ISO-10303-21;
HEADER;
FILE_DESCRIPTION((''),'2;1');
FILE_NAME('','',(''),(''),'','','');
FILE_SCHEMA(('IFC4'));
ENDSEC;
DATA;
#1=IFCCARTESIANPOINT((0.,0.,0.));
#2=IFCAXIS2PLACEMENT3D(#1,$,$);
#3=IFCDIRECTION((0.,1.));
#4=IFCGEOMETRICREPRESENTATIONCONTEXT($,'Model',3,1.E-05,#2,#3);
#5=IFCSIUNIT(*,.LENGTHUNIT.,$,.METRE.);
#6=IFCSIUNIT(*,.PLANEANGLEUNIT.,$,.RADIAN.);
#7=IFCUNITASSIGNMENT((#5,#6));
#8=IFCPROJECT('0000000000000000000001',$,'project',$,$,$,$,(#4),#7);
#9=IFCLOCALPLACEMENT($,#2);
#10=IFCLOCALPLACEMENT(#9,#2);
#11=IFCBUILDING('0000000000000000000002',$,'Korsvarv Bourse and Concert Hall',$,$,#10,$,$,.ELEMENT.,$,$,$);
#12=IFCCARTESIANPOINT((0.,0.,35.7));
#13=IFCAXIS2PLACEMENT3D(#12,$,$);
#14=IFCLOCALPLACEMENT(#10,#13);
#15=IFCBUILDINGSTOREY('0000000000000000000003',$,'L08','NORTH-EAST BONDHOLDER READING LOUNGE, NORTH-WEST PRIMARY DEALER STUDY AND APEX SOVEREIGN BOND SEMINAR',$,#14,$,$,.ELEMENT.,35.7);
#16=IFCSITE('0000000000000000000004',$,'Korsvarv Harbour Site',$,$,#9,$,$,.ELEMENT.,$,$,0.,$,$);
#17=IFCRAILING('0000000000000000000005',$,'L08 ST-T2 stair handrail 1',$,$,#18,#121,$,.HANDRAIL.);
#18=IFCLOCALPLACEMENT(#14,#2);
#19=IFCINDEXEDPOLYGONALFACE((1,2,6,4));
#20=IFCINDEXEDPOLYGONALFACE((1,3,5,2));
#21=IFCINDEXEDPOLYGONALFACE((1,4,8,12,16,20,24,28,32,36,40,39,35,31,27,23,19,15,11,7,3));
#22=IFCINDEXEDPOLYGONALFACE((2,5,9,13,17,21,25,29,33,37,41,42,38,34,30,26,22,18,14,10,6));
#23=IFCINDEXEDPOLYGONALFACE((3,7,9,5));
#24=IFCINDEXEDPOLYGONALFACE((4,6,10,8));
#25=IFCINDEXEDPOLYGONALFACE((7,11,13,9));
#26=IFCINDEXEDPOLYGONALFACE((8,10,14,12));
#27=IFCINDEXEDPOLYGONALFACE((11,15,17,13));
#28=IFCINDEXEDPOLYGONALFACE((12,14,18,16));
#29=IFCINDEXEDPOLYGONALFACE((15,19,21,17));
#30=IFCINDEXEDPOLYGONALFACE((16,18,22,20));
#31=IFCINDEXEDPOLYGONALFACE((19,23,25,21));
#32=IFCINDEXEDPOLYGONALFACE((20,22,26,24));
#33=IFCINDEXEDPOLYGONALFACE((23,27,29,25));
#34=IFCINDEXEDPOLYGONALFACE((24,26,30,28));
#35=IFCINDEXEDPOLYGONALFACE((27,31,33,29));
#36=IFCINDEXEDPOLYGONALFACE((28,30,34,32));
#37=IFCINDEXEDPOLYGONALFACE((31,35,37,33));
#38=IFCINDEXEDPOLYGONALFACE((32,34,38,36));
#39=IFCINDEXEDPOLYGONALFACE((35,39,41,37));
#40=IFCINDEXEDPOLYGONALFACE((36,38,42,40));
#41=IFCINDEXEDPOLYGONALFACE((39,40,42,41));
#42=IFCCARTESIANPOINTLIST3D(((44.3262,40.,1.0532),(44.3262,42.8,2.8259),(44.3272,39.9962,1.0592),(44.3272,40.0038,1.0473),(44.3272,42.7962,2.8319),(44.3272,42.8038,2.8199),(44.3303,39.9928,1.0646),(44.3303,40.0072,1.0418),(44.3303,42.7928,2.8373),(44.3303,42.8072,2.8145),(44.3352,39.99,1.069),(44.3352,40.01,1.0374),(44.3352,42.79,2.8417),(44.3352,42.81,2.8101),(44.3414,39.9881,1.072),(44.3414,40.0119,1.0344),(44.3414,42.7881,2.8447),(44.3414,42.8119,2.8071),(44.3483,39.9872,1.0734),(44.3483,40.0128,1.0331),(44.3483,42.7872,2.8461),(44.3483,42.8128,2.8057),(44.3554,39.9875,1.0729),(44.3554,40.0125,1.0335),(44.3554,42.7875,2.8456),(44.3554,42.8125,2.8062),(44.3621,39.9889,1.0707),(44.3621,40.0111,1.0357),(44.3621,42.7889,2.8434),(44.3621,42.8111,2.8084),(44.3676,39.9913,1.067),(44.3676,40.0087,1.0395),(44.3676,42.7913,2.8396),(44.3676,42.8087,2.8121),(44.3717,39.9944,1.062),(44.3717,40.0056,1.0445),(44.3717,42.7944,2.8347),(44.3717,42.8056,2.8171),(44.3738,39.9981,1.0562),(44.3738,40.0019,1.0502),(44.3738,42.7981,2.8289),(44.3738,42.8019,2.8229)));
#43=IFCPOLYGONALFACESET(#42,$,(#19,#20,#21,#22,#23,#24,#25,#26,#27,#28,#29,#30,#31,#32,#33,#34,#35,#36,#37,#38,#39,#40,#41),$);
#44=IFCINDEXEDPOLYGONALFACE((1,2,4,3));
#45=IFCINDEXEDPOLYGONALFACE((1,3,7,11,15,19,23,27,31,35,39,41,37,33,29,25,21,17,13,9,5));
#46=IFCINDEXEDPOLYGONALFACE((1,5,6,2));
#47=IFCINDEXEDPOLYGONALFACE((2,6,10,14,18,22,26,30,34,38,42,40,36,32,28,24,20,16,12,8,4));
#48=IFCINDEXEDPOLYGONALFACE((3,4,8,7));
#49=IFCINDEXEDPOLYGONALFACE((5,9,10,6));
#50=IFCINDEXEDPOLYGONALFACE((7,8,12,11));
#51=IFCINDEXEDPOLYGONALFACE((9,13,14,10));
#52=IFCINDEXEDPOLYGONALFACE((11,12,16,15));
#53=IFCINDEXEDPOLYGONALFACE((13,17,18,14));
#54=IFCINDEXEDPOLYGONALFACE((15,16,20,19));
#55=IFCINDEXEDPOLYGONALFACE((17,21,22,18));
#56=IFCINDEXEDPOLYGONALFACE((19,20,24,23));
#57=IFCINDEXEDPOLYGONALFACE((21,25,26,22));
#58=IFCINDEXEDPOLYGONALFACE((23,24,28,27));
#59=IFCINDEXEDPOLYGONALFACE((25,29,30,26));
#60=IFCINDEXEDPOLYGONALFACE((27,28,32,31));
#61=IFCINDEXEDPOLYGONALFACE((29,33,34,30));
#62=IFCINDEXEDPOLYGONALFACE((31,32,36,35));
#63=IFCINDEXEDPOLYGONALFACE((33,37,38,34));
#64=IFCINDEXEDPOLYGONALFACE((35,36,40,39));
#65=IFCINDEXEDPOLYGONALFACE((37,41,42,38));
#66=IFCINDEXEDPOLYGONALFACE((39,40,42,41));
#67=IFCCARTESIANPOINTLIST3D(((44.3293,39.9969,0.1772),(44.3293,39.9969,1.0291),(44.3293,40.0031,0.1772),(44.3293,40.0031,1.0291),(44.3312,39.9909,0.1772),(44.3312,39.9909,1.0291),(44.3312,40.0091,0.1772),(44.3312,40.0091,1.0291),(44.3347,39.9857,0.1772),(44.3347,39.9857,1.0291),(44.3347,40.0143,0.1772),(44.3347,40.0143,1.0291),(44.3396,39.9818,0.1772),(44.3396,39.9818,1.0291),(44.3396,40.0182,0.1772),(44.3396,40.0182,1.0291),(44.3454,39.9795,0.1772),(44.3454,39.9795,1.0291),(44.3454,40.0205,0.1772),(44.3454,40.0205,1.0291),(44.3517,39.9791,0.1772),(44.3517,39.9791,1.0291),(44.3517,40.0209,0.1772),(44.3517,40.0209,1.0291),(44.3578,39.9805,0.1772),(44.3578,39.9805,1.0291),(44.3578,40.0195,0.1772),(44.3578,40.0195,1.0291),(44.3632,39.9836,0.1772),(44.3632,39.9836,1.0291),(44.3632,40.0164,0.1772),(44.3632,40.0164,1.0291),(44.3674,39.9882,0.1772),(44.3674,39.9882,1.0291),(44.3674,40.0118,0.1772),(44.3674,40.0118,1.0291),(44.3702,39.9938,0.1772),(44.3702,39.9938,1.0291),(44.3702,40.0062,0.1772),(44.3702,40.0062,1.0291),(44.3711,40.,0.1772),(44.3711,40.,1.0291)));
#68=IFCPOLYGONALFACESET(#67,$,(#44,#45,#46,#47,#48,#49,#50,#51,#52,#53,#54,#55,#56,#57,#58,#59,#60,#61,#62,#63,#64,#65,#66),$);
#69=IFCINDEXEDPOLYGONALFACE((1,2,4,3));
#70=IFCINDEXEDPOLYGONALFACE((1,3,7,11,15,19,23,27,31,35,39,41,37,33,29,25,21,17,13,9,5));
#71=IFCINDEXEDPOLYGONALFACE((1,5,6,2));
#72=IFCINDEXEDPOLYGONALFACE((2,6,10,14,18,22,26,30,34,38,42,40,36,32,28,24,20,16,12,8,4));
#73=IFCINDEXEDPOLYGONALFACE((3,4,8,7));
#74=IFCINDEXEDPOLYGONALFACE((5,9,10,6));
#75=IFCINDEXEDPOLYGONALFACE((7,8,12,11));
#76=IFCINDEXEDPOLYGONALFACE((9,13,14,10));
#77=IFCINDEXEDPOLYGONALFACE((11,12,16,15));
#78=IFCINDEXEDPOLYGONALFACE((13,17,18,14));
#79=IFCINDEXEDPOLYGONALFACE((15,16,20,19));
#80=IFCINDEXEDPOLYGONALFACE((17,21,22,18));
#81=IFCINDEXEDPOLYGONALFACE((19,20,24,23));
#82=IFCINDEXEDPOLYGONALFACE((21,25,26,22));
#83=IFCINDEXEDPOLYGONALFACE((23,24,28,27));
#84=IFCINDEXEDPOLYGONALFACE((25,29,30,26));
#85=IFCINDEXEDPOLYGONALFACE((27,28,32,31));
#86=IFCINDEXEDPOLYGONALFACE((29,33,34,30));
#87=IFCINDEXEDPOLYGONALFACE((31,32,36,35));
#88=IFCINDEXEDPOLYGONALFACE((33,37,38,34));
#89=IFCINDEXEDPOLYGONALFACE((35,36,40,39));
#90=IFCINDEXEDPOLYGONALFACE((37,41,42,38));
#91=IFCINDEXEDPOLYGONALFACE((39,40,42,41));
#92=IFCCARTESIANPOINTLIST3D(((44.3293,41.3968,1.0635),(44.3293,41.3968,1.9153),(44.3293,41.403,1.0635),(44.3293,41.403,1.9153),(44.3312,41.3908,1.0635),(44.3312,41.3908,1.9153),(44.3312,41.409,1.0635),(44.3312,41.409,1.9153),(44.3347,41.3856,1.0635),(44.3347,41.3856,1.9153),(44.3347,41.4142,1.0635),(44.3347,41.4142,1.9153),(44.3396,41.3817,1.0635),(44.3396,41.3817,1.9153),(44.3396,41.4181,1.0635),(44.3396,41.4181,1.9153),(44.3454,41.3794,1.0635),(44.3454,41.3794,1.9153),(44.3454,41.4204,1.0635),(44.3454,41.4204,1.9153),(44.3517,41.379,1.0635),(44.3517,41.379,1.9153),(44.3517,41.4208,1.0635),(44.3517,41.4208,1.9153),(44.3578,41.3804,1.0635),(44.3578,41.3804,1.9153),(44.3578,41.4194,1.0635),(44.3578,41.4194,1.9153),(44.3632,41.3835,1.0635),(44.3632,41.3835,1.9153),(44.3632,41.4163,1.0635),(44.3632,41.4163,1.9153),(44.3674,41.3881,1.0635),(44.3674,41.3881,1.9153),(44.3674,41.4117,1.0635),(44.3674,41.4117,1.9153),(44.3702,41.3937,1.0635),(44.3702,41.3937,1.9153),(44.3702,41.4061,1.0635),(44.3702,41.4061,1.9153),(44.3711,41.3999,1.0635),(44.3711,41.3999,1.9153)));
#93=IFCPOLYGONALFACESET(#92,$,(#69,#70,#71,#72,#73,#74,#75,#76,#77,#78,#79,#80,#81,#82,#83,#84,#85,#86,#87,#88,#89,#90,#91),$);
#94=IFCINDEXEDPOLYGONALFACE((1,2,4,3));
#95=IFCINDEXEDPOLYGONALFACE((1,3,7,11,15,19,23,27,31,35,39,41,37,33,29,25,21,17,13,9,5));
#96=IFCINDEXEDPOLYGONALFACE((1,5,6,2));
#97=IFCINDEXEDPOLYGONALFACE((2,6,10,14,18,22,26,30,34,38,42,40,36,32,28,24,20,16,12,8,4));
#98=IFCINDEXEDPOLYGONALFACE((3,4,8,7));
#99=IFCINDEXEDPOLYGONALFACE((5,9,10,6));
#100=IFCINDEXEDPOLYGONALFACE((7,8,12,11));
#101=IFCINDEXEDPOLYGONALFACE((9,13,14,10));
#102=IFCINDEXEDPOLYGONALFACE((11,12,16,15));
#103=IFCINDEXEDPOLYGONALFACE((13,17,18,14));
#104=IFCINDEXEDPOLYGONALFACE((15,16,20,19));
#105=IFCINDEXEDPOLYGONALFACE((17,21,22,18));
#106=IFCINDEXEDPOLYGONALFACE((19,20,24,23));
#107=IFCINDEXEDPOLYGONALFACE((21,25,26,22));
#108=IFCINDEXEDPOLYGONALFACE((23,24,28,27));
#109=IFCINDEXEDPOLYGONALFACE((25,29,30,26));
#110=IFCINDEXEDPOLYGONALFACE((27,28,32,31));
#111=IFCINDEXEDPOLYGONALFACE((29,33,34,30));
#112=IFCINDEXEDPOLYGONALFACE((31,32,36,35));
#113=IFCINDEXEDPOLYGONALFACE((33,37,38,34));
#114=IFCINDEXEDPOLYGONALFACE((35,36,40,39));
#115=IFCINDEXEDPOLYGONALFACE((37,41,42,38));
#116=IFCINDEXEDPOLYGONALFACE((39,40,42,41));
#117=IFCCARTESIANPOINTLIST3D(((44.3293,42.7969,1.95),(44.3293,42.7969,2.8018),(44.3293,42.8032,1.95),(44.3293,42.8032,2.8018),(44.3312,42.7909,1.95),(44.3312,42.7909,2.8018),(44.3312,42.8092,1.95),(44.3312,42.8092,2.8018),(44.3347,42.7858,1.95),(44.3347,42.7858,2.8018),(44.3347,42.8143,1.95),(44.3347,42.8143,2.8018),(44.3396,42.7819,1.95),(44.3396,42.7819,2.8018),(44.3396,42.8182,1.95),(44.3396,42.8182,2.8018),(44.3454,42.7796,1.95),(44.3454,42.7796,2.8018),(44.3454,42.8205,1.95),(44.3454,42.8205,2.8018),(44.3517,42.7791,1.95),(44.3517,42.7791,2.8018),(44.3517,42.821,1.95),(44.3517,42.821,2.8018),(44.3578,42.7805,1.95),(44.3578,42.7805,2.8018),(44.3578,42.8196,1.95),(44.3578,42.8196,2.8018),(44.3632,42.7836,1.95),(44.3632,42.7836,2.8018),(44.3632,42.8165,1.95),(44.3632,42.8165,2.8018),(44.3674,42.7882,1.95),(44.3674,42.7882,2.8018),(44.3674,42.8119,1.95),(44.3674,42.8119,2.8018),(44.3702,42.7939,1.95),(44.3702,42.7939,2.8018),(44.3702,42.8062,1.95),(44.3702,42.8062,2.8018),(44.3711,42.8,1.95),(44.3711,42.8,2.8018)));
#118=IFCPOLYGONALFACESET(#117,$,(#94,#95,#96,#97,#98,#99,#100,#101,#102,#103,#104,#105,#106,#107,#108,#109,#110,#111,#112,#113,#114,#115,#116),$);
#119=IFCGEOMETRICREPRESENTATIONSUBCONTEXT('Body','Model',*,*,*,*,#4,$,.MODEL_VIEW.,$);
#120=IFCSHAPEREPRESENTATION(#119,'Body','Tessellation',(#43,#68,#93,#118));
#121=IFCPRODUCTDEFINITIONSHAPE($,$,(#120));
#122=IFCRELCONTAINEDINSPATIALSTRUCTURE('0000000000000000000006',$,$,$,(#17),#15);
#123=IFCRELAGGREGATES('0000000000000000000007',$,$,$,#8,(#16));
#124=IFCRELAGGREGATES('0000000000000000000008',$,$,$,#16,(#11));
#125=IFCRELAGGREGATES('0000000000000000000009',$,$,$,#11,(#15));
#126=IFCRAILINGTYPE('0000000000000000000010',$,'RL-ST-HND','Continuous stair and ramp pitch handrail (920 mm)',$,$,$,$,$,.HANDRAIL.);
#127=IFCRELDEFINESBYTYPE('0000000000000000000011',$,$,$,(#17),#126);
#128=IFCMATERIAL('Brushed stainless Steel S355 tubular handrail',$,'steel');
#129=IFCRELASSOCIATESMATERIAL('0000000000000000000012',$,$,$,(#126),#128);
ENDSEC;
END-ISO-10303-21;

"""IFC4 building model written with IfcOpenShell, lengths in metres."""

from ifc_helpers import new_model, si_unit, direction, frame, origin, origin_2d, place, context, subcontext, project, spatial, circle, extrude, material, type_object, element, save


model = new_model("IFC4")

# Units and contexts
model_context = context("Model", 3, precision=1e-05, world=origin(), true_north=direction((0.0, 1.0)))
body_context = subcontext(model_context, "Body", "Model", "MODEL_VIEW")
ifc_project = project(units=[si_unit("LENGTHUNIT", "METRE"), si_unit("PLANEANGLEUNIT", "RADIAN")], contexts=[model_context])

# Site, building, storey
site_placement = place(None, origin())
site = spatial("IfcSite", under=ifc_project, at=site_placement, Name="Korsvarv Harbour Site", CompositionType="ELEMENT", RefElevation=0.0)
building_placement = place(site_placement, origin())
building = spatial("IfcBuilding", under=site, at=building_placement, Name="Korsvarv Bourse and Concert Hall", CompositionType="ELEMENT")
storey_placement = place(building_placement, frame((0.0, 0.0, 35.7)))
storey = spatial("IfcBuildingStorey", under=building, at=storey_placement, Name="L08", Description="NORTH-EAST BONDHOLDER READING LOUNGE, NORTH-WEST PRIMARY DEALER STUDY AND APEX SOVEREIGN BOND SEMINAR", CompositionType="ELEMENT", Elevation=35.7)

# Railing
ifc_material_1 = material(Name="Brushed stainless Steel S355 tubular handrail", Category="steel")
railing_type_1 = type_object("IfcRailingType", Name="RL-ST-HND", Description="Continuous stair and ramp pitch handrail (920 mm)", PredefinedType="HANDRAIL", material=ifc_material_1)
railing_1_placement = place(storey_placement, frame((44.3501, 40.0, 0.1772)))
element("IfcRailing", 1, at=railing_1_placement, inside=storey, type_object=railing_type_1, Name="L08 ST-T2 stair handrail 1", PredefinedType="HANDRAIL", context=body_context, shape_type="SweptSolid", body=[
    extrude(circle(Radius=0.0239, at=origin_2d()), frame((0.0, 0.0, 0.876), z_axis=(0.0, 0.844909, 0.53491), x_axis=(-1.0, 0.0, 0.0)), (0.0, 0.0, 1.0), 3.314),
    extrude(circle(Radius=0.021, at=origin_2d()), origin(), (0.0, 0.0, 1.0), 0.8518),
    extrude(circle(Radius=0.021, at=origin_2d()), frame((0.0, 1.3999, 0.8862)), (0.0, 0.0, 1.0), 0.8518),
    extrude(circle(Radius=0.021, at=origin_2d()), frame((0.0, 2.8, 1.7727)), (0.0, 0.0, 1.0), 0.8518),
])

save(model, "model.ifc")
